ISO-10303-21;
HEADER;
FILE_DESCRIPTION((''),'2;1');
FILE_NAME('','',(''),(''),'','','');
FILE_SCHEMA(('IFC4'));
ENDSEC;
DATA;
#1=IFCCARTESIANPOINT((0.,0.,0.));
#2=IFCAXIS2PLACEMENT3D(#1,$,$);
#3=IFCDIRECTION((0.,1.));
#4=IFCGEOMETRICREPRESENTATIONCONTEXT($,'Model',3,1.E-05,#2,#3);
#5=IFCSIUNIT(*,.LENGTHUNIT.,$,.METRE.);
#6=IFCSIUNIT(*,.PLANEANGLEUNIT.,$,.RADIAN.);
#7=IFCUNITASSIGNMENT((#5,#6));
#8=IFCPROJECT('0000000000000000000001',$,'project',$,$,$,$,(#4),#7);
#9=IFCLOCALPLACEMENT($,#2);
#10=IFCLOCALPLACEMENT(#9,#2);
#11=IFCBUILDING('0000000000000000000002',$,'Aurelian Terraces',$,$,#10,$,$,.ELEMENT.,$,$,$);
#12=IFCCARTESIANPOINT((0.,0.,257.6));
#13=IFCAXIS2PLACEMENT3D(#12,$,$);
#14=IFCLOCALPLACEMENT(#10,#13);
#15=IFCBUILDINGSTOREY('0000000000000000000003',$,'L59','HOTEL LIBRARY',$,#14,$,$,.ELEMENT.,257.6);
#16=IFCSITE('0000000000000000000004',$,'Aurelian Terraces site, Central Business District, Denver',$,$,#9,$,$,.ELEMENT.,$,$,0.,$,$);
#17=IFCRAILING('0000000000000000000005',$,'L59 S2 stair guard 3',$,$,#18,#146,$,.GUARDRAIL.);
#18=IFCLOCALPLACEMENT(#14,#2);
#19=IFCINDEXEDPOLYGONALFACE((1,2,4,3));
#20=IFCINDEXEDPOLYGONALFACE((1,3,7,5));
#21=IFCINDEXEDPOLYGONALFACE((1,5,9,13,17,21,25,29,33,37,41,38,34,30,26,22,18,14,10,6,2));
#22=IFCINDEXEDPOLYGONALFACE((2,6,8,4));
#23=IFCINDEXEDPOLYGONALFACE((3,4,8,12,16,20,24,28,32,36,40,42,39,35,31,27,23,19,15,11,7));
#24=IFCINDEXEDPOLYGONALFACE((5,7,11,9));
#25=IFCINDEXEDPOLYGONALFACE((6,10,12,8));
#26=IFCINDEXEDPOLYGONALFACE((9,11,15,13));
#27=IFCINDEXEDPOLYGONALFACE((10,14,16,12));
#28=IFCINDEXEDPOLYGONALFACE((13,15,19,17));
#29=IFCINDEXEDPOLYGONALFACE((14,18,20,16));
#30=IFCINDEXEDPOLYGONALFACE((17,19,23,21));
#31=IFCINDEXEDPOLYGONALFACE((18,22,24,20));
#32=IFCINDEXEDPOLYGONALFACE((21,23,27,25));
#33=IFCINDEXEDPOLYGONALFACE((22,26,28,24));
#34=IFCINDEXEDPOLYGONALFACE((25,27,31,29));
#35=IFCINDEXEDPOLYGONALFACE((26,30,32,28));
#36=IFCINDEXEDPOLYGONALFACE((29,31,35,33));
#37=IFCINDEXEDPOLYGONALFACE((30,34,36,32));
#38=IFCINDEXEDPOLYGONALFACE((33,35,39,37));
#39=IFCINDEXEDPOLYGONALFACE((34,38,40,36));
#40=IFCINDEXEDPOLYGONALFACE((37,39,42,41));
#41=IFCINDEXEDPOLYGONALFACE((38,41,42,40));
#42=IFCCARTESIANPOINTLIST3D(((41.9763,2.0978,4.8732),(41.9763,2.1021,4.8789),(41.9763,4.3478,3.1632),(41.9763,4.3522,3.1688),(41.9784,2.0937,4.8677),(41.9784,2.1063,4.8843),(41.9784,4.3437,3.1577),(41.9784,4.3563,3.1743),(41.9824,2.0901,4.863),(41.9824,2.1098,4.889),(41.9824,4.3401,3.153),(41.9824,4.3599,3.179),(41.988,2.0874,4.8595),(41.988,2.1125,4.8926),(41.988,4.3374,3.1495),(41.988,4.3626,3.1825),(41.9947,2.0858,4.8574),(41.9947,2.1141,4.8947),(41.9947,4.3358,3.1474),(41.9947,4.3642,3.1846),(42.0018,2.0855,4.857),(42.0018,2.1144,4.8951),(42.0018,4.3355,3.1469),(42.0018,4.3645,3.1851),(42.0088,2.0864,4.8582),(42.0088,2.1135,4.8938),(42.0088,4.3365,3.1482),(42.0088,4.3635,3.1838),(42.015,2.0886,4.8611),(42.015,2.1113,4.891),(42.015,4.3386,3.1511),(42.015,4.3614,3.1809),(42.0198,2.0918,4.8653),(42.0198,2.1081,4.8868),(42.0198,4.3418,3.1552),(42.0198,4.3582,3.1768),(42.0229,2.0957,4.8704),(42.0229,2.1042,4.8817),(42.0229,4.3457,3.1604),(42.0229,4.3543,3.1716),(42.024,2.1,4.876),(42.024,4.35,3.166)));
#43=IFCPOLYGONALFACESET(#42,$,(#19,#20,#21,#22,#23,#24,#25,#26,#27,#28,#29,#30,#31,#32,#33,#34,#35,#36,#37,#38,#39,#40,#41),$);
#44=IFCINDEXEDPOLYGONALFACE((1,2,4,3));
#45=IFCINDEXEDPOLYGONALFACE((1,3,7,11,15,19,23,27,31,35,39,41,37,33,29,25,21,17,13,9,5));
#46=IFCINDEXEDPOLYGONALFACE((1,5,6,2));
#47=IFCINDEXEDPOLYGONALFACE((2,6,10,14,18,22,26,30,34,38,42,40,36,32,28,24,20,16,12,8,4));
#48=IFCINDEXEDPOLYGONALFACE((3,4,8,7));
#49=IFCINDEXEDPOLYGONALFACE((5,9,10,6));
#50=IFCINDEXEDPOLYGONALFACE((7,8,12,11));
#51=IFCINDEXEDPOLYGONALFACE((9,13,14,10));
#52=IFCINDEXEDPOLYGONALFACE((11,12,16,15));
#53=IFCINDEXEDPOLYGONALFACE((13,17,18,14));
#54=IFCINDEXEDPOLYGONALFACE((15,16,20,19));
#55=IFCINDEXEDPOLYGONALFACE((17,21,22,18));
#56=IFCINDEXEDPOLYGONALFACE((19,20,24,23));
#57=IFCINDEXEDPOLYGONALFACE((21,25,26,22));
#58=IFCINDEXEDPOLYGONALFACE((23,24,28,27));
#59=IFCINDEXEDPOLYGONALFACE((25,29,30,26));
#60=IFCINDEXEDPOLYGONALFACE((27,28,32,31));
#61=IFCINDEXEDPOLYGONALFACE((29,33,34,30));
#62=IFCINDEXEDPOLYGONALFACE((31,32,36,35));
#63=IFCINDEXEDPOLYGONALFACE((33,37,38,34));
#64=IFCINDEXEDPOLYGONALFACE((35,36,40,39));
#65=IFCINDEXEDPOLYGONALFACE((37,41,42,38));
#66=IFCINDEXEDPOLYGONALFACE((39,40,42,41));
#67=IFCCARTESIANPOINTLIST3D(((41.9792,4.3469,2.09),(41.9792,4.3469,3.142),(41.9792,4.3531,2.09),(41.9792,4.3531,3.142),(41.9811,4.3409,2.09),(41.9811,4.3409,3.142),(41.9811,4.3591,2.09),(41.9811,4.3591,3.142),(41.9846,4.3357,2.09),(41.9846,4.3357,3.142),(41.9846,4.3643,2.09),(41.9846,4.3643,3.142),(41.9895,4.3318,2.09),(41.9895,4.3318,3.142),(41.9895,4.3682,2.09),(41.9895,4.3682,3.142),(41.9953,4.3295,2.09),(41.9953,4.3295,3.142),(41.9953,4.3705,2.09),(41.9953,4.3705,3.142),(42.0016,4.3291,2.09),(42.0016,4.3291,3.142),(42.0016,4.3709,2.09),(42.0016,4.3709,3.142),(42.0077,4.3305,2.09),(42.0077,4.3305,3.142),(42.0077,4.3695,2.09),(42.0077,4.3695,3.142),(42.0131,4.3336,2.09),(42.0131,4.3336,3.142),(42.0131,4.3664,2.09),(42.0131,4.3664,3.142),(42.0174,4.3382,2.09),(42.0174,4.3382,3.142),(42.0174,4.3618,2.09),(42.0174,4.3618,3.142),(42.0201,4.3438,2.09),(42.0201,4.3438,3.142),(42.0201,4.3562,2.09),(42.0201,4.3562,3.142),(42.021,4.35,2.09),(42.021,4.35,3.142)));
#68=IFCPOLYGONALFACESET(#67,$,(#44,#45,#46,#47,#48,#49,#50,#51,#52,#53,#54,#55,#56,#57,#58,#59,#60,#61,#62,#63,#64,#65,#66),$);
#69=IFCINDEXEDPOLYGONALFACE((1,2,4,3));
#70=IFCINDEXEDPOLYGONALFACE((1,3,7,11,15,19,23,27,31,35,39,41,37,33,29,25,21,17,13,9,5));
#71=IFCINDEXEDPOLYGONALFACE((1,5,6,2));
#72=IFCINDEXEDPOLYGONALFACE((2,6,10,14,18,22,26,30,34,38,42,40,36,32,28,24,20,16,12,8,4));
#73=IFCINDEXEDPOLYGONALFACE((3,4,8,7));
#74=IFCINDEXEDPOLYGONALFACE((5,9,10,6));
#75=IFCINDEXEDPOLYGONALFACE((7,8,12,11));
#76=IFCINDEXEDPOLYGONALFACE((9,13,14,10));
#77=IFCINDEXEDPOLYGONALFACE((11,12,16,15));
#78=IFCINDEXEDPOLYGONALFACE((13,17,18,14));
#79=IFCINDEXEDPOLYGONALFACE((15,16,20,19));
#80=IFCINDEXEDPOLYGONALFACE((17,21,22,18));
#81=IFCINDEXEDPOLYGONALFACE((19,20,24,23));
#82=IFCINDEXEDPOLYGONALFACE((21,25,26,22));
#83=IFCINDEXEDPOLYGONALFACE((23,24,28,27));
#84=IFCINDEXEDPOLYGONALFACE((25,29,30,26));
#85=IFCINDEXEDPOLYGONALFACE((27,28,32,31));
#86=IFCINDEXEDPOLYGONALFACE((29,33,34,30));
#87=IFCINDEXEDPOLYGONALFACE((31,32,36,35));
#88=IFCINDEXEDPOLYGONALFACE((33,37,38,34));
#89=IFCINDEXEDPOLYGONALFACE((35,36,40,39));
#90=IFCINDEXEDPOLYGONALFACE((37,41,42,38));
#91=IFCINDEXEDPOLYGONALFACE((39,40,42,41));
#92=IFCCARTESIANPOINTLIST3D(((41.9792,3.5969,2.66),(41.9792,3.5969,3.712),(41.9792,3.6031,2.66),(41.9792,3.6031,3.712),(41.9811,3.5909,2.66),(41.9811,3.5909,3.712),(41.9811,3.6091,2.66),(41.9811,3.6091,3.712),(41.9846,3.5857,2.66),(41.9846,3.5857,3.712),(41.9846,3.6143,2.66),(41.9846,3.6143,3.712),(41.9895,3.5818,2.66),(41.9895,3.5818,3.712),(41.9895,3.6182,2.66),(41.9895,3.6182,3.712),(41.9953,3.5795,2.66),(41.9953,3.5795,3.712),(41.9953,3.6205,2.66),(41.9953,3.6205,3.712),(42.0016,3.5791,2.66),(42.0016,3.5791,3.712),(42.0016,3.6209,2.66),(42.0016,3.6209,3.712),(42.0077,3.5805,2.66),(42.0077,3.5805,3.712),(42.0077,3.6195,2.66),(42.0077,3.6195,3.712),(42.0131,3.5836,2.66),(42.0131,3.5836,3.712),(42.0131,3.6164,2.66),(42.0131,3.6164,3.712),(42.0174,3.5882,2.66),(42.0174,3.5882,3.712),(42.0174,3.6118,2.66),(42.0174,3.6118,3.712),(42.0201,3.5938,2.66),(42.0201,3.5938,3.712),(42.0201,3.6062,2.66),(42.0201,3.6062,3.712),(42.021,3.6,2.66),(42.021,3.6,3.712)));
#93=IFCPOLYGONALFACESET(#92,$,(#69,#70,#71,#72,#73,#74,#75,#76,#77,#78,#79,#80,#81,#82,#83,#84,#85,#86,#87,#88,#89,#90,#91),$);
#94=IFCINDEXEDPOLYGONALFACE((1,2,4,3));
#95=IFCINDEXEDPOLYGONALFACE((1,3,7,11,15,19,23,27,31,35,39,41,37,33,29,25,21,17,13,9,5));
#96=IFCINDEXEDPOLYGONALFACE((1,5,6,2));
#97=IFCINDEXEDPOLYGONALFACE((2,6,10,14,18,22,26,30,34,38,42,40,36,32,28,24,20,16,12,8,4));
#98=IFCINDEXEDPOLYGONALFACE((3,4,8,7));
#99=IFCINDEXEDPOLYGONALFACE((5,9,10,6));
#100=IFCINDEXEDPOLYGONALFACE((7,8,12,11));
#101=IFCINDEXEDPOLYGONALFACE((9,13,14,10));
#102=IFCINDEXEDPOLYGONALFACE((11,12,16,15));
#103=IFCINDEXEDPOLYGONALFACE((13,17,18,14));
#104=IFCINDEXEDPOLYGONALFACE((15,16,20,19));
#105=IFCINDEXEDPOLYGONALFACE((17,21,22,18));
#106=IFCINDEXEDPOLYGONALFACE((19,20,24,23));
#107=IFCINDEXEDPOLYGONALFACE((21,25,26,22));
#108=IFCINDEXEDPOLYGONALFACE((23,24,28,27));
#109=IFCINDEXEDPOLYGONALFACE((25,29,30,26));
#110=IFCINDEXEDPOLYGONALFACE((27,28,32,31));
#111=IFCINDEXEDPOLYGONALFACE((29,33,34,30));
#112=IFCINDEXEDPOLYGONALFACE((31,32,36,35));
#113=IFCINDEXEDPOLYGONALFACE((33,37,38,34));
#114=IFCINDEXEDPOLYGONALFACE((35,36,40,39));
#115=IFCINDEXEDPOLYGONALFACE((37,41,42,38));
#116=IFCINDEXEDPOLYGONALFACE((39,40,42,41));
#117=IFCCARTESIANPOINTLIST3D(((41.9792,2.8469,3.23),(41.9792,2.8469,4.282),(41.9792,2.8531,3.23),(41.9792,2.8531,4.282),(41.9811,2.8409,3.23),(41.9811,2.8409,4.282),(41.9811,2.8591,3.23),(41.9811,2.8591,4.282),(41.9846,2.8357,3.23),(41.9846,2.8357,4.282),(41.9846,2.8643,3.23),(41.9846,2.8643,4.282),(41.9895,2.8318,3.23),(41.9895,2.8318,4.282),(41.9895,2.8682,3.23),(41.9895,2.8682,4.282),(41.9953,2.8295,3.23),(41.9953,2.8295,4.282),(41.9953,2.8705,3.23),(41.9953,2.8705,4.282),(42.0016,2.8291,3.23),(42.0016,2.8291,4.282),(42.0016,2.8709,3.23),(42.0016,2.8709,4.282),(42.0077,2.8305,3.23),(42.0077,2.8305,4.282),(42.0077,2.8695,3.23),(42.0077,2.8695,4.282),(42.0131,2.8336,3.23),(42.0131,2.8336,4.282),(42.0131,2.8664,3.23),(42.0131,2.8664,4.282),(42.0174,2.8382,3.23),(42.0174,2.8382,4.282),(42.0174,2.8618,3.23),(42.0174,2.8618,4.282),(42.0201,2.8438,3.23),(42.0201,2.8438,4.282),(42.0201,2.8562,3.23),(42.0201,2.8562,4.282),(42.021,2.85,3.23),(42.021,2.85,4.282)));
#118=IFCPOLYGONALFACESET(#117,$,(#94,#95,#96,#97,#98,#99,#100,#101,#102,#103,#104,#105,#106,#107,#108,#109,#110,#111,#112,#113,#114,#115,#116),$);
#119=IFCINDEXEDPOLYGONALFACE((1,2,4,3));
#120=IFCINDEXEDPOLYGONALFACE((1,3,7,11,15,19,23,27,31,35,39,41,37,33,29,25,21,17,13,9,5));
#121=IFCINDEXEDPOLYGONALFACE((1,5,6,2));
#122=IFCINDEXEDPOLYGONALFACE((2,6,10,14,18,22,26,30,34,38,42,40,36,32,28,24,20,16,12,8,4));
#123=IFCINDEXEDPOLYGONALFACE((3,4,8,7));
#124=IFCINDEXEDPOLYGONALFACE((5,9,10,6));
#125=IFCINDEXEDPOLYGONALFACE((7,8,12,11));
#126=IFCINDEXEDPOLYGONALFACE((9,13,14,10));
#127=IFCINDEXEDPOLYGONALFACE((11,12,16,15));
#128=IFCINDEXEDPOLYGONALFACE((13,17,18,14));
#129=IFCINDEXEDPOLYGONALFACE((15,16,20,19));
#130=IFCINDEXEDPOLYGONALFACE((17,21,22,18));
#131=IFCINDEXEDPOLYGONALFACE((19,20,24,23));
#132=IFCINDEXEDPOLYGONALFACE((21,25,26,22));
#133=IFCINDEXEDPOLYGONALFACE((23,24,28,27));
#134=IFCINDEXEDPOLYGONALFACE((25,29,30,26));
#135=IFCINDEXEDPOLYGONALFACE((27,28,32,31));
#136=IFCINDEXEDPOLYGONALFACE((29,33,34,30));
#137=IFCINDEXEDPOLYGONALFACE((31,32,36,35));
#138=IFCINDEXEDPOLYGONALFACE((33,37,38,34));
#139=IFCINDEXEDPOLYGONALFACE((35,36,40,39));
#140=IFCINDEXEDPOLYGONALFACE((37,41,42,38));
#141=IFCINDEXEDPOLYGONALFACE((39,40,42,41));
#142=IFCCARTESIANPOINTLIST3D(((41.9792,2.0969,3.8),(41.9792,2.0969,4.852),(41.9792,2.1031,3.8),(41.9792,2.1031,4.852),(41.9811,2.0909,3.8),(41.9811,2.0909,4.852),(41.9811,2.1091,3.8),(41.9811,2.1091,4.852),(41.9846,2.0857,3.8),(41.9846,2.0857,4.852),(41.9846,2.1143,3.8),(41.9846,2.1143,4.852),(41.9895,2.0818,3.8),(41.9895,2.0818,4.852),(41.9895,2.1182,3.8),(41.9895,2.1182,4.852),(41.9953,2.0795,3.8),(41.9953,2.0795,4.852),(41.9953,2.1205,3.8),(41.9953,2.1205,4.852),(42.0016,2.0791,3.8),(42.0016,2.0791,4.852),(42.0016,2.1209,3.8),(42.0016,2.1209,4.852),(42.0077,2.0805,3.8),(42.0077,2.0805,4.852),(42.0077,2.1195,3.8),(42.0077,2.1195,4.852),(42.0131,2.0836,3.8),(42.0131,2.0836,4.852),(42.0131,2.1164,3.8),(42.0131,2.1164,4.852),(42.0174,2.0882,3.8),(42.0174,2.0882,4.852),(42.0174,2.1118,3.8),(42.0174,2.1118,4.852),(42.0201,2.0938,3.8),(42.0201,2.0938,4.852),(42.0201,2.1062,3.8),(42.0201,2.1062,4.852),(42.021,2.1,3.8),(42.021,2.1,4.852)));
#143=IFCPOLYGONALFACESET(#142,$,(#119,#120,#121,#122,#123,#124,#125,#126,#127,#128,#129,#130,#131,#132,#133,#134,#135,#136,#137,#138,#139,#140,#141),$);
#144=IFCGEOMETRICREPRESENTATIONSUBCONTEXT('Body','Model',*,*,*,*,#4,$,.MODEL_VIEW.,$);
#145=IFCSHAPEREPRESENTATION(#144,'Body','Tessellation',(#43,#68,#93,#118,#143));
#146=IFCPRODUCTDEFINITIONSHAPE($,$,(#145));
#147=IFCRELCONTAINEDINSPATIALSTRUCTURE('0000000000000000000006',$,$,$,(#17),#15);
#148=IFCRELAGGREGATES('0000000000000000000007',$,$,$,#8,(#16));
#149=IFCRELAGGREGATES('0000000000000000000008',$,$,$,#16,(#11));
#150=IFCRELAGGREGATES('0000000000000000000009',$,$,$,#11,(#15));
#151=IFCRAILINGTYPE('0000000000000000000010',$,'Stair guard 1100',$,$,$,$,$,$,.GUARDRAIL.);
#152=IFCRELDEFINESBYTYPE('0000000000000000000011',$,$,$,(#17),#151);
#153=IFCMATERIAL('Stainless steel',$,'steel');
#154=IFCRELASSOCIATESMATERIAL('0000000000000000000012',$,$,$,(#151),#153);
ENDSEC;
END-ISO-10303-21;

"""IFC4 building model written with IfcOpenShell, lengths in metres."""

from ifc_helpers import new_model, si_unit, direction, frame, origin, origin_2d, place, context, subcontext, project, spatial, circle, extrude, source, transform, mapped, material, type_object, element, save


model = new_model("IFC4")

# Units and contexts
model_context = context("Model", 3, precision=1e-05, world=origin(), true_north=direction((0.0, 1.0)))
body_context = subcontext(model_context, "Body", "Model", "MODEL_VIEW")
ifc_project = project(units=[si_unit("LENGTHUNIT", "METRE"), si_unit("PLANEANGLEUNIT", "RADIAN")], contexts=[model_context])

# Site, building, storey
site_placement = place(None, origin())
site = spatial("IfcSite", under=ifc_project, at=site_placement, Name="Aurelian Terraces site, Central Business District, Denver", CompositionType="ELEMENT", RefElevation=0.0)
building_placement = place(site_placement, origin())
building = spatial("IfcBuilding", under=site, at=building_placement, Name="Aurelian Terraces", CompositionType="ELEMENT")
storey_placement = place(building_placement, frame((0.0, 0.0, 257.6)))
storey = spatial("IfcBuildingStorey", under=building, at=storey_placement, Name="L59", Description="HOTEL LIBRARY", CompositionType="ELEMENT", Elevation=257.6)

# Railing
ifc_material_1 = material(Name="Stainless steel", Category="steel")
railing_type_1 = type_object("IfcRailingType", Name="Stair guard 1100", PredefinedType="GUARDRAIL", material=ifc_material_1)
shared_shape_1 = source(origin(), body_context, "Body", "SweptSolid", [
    extrude(circle(Radius=0.024, at=origin_2d()), frame((0.0, 0.0, 1.076), z_axis=(0.0, -0.796162, 0.605083), x_axis=(1.0, 0.0, 0.0)), (0.0, 0.0, 1.0), 2.8261),
    extrude(circle(Radius=0.021, at=origin_2d()), origin(), (0.0, 0.0, 1.0), 1.052),
    extrude(circle(Radius=0.021, at=origin_2d()), frame((0.0, -0.75, 0.57)), (0.0, 0.0, 1.0), 1.052),
    extrude(circle(Radius=0.021, at=origin_2d()), frame((0.0, -1.5, 1.14)), (0.0, 0.0, 1.0), 1.052),
    extrude(circle(Radius=0.021, at=origin_2d()), frame((0.0, -2.25, 1.71)), (0.0, 0.0, 1.0), 1.052),
])
railing_1_placement = place(storey_placement, frame((42.0, 4.35, 2.09)))
element("IfcRailing", 1, at=railing_1_placement, inside=storey, type_object=railing_type_1, Name="L59 S2 stair guard 3", PredefinedType="GUARDRAIL", context=body_context, shape_type="MappedRepresentation", body=[
    mapped(shared_shape_1, transform((0.0, 0.0, 0.0), scale=1.0)),
])

save(model, "model.ifc")
